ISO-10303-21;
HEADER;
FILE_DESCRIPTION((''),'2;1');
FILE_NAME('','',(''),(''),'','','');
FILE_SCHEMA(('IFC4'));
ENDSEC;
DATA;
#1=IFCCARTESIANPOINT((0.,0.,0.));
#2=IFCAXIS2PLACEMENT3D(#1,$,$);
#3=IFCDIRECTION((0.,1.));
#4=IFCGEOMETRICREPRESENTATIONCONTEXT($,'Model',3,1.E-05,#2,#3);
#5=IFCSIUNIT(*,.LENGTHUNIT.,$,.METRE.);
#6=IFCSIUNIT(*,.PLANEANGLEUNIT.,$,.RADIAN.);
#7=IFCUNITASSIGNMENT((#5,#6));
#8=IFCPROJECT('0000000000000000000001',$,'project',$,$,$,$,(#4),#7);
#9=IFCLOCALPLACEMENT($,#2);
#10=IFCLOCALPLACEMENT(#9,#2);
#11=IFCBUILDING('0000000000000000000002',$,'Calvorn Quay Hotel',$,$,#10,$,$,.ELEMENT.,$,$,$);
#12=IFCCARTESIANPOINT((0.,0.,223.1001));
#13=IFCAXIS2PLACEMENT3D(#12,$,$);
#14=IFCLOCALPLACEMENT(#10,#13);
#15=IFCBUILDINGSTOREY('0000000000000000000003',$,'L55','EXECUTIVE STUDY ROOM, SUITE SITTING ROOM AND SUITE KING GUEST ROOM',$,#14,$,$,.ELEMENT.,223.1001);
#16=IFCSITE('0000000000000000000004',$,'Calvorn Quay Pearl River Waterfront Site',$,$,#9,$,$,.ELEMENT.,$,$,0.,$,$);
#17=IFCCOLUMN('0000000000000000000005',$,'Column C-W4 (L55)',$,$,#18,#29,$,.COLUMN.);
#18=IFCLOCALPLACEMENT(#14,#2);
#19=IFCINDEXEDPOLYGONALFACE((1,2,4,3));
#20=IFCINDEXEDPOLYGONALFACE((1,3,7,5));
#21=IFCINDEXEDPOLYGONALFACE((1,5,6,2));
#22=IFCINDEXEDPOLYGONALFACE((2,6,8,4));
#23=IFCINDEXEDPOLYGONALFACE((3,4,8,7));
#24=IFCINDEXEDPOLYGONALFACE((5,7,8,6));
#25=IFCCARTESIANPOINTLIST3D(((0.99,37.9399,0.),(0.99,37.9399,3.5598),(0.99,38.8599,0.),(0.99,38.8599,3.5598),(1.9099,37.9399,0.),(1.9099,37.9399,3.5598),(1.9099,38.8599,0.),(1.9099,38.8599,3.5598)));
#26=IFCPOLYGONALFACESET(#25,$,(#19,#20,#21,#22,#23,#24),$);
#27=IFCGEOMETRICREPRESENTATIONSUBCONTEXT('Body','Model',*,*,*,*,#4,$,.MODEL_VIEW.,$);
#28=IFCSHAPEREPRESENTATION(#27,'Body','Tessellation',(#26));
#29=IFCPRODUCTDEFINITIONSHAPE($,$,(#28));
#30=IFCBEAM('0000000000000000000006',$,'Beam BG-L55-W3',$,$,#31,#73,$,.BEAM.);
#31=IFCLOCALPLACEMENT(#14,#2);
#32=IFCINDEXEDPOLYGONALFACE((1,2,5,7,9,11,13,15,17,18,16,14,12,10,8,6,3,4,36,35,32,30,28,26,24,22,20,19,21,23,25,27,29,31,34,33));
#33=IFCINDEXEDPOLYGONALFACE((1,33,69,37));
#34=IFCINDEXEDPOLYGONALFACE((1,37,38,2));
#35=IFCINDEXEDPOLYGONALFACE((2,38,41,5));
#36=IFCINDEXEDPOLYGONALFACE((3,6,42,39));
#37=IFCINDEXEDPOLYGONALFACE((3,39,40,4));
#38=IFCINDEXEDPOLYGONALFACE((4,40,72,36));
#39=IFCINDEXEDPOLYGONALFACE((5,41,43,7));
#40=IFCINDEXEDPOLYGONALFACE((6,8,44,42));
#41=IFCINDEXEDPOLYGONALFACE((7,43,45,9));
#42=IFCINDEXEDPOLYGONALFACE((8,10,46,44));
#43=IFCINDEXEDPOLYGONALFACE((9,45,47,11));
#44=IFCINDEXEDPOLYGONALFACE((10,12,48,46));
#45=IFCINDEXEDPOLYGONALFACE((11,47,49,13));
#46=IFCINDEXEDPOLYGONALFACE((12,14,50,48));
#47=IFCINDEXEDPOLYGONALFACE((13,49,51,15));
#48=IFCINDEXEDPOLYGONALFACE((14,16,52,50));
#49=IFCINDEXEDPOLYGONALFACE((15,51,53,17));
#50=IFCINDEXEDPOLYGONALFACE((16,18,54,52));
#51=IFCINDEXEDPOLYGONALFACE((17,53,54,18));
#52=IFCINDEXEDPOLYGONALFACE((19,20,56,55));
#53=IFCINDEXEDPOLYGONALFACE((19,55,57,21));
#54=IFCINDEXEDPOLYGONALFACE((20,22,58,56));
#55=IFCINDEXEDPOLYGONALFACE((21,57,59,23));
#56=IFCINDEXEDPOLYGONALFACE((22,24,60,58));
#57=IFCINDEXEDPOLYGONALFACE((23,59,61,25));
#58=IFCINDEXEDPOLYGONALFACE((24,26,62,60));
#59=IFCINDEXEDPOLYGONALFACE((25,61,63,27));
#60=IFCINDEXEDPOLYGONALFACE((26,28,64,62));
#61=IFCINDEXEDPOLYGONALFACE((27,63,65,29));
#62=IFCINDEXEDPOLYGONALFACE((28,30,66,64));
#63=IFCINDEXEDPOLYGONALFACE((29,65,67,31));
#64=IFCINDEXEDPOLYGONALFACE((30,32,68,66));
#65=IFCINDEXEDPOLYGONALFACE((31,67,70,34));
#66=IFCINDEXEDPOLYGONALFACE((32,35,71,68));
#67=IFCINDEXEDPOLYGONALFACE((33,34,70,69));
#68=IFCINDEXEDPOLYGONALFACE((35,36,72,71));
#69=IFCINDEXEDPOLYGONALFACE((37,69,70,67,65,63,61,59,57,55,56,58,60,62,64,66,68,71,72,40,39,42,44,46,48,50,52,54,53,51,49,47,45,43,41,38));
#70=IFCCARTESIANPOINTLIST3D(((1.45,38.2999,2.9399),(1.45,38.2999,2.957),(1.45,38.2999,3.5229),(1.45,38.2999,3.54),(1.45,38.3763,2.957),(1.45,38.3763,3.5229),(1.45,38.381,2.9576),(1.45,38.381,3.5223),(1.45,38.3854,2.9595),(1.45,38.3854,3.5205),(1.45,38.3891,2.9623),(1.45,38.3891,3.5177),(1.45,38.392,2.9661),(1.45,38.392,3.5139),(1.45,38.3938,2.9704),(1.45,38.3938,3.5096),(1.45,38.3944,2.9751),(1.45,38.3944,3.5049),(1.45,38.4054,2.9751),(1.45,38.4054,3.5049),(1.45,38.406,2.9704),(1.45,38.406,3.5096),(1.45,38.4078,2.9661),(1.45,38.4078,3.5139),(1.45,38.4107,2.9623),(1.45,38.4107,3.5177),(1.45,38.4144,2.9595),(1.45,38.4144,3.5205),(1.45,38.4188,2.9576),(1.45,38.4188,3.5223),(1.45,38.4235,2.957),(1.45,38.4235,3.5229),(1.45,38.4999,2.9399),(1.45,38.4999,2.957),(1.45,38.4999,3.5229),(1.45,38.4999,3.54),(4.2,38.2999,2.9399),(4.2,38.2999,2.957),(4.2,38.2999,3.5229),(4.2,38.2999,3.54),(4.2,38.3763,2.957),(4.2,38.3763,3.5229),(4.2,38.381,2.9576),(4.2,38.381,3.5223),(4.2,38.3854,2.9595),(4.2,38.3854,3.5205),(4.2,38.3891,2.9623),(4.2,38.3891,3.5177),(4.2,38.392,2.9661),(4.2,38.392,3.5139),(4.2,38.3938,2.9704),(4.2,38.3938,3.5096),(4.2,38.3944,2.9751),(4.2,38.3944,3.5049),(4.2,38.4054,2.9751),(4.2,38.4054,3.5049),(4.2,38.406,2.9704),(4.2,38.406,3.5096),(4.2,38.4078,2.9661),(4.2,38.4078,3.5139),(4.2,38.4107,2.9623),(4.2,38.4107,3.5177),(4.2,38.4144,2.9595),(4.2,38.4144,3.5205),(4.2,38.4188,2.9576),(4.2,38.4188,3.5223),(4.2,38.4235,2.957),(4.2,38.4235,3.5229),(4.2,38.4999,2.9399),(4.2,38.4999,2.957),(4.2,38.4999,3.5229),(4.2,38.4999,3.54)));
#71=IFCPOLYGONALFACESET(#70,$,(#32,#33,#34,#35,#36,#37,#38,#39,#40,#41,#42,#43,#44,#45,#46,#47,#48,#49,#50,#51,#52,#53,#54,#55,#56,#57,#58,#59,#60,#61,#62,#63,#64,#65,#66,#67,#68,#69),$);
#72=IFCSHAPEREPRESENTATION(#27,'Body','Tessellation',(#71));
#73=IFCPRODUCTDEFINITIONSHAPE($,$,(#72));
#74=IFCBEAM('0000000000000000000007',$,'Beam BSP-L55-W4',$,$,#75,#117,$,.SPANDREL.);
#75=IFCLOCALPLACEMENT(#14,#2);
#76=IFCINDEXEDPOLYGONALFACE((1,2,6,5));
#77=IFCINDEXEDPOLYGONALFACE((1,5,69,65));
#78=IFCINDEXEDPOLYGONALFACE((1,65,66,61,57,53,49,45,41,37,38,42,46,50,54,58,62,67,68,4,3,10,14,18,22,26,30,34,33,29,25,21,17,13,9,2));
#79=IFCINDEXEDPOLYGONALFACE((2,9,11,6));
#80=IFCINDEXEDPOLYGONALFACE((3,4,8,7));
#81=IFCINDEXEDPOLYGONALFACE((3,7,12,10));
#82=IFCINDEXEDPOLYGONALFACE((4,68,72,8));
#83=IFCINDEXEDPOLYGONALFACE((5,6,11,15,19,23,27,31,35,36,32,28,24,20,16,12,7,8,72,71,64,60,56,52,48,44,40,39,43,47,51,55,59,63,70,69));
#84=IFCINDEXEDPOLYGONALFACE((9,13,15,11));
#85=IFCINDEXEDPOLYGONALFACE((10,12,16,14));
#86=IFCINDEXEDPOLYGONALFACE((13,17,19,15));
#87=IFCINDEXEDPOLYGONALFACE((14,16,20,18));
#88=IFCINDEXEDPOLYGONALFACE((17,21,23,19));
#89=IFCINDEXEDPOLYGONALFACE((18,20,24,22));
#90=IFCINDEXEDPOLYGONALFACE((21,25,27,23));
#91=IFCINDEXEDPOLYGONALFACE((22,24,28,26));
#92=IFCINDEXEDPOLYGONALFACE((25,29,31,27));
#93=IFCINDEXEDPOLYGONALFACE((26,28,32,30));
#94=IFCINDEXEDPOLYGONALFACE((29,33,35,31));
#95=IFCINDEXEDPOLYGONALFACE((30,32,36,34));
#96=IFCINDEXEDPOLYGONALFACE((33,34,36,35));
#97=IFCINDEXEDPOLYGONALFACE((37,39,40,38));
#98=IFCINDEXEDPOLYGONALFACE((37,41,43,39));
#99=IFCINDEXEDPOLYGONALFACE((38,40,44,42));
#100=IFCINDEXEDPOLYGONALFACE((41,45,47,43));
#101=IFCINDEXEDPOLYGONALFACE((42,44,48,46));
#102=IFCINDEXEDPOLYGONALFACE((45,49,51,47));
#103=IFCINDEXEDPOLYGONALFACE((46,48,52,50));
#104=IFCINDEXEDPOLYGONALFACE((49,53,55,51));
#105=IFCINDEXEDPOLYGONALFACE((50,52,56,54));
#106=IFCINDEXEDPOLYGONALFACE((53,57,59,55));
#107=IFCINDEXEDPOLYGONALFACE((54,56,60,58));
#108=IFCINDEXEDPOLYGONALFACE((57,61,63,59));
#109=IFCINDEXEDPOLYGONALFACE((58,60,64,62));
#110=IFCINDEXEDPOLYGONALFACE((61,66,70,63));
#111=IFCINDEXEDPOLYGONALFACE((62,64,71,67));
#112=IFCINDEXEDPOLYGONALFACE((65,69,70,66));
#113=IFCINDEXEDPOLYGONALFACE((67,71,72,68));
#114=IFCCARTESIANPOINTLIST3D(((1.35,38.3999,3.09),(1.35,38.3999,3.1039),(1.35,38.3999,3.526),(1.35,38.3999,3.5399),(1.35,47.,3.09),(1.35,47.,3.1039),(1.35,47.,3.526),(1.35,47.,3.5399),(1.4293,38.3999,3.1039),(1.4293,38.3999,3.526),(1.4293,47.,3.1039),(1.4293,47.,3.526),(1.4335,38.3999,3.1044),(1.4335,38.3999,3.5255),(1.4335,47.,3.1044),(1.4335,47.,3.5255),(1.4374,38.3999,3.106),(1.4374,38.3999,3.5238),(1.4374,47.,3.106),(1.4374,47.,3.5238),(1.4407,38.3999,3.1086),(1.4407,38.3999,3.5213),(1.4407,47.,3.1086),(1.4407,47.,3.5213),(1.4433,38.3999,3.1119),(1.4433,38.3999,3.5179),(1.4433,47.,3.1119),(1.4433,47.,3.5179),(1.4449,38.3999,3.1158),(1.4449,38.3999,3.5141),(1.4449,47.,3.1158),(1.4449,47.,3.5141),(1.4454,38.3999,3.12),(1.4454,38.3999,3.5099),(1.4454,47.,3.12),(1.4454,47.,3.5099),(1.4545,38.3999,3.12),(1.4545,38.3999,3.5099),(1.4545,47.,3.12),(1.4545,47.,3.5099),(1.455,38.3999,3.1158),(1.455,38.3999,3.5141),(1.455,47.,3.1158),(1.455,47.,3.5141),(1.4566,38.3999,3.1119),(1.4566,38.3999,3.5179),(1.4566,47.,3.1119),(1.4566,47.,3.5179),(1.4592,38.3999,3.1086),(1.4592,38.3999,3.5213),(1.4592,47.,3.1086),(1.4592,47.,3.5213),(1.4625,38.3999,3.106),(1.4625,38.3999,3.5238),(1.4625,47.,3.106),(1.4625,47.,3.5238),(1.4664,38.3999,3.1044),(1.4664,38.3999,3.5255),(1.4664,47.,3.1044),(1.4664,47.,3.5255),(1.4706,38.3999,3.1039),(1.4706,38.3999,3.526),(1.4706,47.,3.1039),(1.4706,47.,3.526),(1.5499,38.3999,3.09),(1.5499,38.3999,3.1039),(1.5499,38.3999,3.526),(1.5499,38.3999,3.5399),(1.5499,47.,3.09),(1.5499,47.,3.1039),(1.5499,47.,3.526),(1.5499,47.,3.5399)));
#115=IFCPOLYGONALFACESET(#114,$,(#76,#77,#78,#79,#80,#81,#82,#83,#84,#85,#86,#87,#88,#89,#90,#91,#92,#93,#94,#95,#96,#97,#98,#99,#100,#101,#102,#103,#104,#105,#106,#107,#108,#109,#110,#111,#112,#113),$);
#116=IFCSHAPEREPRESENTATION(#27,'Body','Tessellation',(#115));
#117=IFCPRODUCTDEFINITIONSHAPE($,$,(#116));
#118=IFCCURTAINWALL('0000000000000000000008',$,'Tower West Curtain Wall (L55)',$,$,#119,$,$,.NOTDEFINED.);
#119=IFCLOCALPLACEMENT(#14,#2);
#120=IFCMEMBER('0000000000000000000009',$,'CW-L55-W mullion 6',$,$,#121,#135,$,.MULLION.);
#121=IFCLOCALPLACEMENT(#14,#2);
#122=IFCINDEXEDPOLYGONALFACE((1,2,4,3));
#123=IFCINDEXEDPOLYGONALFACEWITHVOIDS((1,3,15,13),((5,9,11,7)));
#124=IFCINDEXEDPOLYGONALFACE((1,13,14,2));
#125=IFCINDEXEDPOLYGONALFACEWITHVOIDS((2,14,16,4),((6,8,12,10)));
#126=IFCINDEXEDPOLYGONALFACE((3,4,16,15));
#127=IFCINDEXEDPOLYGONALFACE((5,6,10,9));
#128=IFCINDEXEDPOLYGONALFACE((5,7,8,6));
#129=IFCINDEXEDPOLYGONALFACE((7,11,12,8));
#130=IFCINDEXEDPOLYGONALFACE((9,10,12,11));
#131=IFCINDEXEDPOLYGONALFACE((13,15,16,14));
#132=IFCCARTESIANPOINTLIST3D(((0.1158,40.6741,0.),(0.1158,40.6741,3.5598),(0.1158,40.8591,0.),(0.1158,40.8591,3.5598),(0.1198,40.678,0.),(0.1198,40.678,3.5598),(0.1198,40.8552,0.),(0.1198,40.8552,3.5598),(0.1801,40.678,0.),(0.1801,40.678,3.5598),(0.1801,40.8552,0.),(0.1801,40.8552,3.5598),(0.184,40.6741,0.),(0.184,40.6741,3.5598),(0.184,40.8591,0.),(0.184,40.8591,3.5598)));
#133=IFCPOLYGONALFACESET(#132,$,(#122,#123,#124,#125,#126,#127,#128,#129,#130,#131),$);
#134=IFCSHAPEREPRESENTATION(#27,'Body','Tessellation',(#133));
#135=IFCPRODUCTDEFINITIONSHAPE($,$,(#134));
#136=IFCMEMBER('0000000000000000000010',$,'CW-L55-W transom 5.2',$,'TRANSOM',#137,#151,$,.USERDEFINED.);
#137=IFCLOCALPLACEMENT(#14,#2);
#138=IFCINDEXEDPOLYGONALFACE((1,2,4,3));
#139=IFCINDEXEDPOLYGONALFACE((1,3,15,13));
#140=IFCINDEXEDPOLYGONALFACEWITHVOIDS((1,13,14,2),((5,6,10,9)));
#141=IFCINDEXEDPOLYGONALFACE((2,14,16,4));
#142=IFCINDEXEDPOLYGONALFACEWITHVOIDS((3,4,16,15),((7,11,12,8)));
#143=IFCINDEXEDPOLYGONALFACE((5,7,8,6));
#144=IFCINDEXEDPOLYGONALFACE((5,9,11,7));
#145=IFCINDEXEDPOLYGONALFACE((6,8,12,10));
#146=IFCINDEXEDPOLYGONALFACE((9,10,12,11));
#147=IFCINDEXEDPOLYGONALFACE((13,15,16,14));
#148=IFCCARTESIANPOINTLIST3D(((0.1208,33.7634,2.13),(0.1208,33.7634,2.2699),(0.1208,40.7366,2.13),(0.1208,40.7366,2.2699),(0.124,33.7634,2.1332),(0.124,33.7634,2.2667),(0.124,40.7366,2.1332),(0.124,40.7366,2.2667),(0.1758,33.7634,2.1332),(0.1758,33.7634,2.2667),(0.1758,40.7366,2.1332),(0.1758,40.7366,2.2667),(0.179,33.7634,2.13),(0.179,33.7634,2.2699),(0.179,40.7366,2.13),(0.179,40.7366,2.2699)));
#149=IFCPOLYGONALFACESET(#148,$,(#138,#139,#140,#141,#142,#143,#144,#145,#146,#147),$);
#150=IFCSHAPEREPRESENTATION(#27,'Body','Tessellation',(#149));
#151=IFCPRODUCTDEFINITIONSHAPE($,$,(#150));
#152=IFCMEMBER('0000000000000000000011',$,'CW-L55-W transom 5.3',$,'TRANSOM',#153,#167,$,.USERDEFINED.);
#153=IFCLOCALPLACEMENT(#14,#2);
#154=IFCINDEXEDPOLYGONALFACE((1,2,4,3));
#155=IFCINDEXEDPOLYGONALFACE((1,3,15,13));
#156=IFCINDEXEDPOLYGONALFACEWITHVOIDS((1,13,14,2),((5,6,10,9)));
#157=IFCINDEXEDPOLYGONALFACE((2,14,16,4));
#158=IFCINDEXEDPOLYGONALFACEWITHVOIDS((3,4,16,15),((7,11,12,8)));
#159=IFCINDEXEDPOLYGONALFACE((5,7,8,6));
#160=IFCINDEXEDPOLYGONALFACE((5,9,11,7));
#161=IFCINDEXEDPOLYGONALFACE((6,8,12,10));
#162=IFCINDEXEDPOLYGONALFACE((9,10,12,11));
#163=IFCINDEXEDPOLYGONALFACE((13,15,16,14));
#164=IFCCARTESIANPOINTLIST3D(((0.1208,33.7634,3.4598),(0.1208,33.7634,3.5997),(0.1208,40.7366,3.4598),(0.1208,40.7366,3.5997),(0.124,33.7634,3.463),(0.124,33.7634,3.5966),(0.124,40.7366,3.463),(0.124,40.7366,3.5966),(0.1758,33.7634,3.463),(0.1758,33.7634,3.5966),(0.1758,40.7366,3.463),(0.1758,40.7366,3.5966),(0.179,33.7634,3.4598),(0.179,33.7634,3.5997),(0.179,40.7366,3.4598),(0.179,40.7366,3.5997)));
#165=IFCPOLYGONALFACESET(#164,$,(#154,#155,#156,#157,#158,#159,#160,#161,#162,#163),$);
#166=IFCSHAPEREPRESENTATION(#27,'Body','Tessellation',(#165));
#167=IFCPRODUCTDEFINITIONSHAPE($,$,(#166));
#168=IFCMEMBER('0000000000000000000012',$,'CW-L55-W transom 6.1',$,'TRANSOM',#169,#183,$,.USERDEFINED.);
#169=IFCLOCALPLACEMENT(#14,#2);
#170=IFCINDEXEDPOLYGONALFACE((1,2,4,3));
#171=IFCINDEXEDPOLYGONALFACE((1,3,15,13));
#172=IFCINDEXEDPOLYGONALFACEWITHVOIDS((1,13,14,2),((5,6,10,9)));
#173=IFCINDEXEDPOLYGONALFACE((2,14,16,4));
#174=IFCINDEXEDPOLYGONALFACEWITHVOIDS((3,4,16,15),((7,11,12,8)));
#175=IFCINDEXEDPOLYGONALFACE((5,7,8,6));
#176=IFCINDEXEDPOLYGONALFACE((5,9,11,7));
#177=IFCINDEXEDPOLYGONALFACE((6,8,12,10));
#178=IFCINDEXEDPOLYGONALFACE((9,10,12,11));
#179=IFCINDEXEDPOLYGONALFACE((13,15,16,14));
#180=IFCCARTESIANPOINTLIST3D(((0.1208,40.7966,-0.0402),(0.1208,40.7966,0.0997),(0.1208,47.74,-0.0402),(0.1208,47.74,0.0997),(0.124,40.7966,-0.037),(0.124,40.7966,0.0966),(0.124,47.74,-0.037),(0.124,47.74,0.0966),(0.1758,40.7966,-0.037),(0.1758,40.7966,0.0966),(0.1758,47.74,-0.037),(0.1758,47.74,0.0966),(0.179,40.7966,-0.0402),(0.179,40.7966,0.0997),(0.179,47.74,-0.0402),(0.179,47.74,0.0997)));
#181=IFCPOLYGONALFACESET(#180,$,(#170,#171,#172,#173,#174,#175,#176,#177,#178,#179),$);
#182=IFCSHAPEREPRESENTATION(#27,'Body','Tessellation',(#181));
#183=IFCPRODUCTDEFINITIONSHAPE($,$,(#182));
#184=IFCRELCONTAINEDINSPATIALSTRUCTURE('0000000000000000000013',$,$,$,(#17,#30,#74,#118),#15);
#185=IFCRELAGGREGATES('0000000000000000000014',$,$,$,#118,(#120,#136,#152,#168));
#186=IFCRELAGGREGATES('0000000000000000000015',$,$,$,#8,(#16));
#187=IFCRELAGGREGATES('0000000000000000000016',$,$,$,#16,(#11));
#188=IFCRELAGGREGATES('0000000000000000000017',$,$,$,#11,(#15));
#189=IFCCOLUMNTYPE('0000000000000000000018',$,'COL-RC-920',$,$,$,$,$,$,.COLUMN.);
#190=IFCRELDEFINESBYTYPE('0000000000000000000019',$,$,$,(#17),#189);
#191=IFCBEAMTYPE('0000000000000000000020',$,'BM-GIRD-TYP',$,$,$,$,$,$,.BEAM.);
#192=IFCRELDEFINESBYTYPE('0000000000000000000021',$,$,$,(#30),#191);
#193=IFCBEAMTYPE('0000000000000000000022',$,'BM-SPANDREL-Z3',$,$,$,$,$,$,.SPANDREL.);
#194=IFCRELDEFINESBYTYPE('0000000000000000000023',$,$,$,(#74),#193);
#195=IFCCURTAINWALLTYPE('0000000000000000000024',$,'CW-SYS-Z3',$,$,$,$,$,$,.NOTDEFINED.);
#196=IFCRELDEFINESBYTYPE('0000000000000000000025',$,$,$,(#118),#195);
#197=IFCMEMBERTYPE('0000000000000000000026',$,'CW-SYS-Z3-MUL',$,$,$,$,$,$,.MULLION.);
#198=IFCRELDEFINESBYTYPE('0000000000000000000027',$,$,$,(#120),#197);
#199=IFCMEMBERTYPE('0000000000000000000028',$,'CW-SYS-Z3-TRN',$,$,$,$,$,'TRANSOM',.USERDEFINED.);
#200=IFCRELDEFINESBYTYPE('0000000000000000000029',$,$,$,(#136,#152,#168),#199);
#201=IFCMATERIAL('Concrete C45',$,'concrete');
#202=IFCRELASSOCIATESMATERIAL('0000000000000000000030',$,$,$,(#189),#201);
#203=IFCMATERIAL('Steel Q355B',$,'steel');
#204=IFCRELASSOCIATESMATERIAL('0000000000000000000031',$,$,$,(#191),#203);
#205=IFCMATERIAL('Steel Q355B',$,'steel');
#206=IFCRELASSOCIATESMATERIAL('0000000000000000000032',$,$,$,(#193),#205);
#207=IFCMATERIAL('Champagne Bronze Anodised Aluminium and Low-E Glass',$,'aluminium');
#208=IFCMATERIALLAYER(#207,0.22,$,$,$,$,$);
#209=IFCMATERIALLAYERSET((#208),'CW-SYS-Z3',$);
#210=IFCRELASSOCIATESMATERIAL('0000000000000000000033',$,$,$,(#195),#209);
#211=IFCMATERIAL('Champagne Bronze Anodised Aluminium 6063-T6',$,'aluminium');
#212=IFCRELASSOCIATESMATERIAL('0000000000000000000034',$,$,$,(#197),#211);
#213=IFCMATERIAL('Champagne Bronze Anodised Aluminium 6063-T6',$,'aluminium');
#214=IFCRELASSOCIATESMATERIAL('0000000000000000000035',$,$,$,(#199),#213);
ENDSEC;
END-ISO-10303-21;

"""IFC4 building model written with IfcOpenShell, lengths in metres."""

from ifc_helpers import new_model, si_unit, direction, frame, origin, origin_2d, place, context, subcontext, project, spatial, rectangle, hollow_rectangle, i_section, extrude, material, layer, layer_set, material_profile, profile_set, type_object, element, aggregate, save


model = new_model("IFC4")

# Units and contexts
model_context = context("Model", 3, precision=1e-05, world=origin(), true_north=direction((0.0, 1.0)))
body_context = subcontext(model_context, "Body", "Model", "MODEL_VIEW")
ifc_project = project(units=[si_unit("LENGTHUNIT", "METRE"), si_unit("PLANEANGLEUNIT", "RADIAN")], contexts=[model_context])

# Site, building, storey
site_placement = place(None, origin())
site = spatial("IfcSite", under=ifc_project, at=site_placement, Name="Calvorn Quay Pearl River Waterfront Site", CompositionType="ELEMENT", RefElevation=0.0)
building_placement = place(site_placement, origin())
building = spatial("IfcBuilding", under=site, at=building_placement, Name="Calvorn Quay Hotel", CompositionType="ELEMENT")
storey_placement = place(building_placement, frame((0.0, 0.0, 223.1001)))
storey = spatial("IfcBuildingStorey", under=building, at=storey_placement, Name="L55", Description="EXECUTIVE STUDY ROOM, SUITE SITTING ROOM AND SUITE KING GUEST ROOM", CompositionType="ELEMENT", Elevation=223.1001)

# Column
ifc_material_1 = material(Name="Concrete C45", Category="concrete")
ifc_material_profile_1 = material_profile(ifc_material_1, rectangle(XDim=0.9199, YDim=0.9199, at=origin_2d()), Name="RC920x920")
ifc_profile_set_1 = profile_set([ifc_material_profile_1], Name="Concrete C45")
column_type = type_object("IfcColumnType", Name="COL-RC-920", PredefinedType="COLUMN", material=ifc_profile_set_1)
column_placement = place(storey_placement, frame((1.45, 38.3999, 0.0), z_axis=(0.0, 0.0, 1.0), x_axis=(1.0, 0.0, 0.0)))
element("IfcColumn", 1, at=column_placement, inside=storey, type_object=column_type, Name="Column C-W4 (L55)", PredefinedType="COLUMN", context=body_context, shape_type="SweptSolid", body=[
    extrude(rectangle(XDim=0.9199, YDim=0.9199, at=origin_2d()), origin(), (0.0, 0.0, 1.0), 3.5598),
])

# Beams
ifc_material_2 = material(Name="Steel Q355B", Category="steel")
ifc_material_profile_2 = material_profile(ifc_material_2, i_section(OverallWidth=0.2, OverallDepth=0.6001, WebThickness=0.011, FlangeThickness=0.0171, FilletRadius=0.0181, at=origin_2d()), Name="HN600x200x11x17")
ifc_profile_set_2 = profile_set([ifc_material_profile_2], Name="Steel Q355B")
beam_type_1 = type_object("IfcBeamType", Name="BM-GIRD-TYP", PredefinedType="BEAM", material=ifc_profile_set_2)
beam_1_placement = place(storey_placement, frame((1.45, 38.3999, 3.24), z_axis=(1.0, 0.0, 0.0), x_axis=(0.0, 1.0, 0.0)))
element("IfcBeam", 2, at=beam_1_placement, inside=storey, type_object=beam_type_1, Name="Beam BG-L55-W3", PredefinedType="BEAM", context=body_context, shape_type="SweptSolid", body=[
    extrude(i_section(OverallWidth=0.2, OverallDepth=0.6001, WebThickness=0.011, FlangeThickness=0.0171, FilletRadius=0.0181, at=origin_2d()), origin(), (0.0, 0.0, 1.0), 2.75),
])
ifc_material_3 = material(Name="Steel Q355B", Category="steel")
ifc_material_profile_3 = material_profile(ifc_material_3, i_section(OverallWidth=0.2, OverallDepth=0.45, WebThickness=0.009, FlangeThickness=0.0139, FilletRadius=0.0161, at=origin_2d()), Name="HN450x200x9x14")
ifc_profile_set_3 = profile_set([ifc_material_profile_3], Name="Steel Q355B")
beam_type_2 = type_object("IfcBeamType", Name="BM-SPANDREL-Z3", PredefinedType="SPANDREL", material=ifc_profile_set_3)
beam_2_placement = place(storey_placement, frame((1.45, 38.3999, 3.3149), z_axis=(0.0, 1.0, 0.0), x_axis=(-1.0, 0.0, 0.0)))
element("IfcBeam", 3, at=beam_2_placement, inside=storey, type_object=beam_type_2, Name="Beam BSP-L55-W4", PredefinedType="SPANDREL", context=body_context, shape_type="SweptSolid", body=[
    extrude(i_section(OverallWidth=0.2, OverallDepth=0.45, WebThickness=0.009, FlangeThickness=0.0139, FilletRadius=0.0161, at=origin_2d()), origin(), (0.0, 0.0, 1.0), 8.6001),
])

# Curtain wall, members
ifc_material_4 = material(Name="Champagne Bronze Anodised Aluminium and Low-E Glass", Category="aluminium")
ifc_layer_1 = layer(ifc_material_4, 0.22)
ifc_layer_set_1 = layer_set([ifc_layer_1], Name="CW-SYS-Z3")
curtain_wall_type = type_object("IfcCurtainWallType", Name="CW-SYS-Z3", PredefinedType="NOTDEFINED", material=ifc_layer_set_1)
curtain_wall_placement = place(storey_placement, origin())
curtain_wall = element("IfcCurtainWall", 4, at=curtain_wall_placement, inside=storey, type_object=curtain_wall_type, Name="Tower West Curtain Wall (L55)", PredefinedType="NOTDEFINED")
ifc_material_5 = material(Name="Champagne Bronze Anodised Aluminium 6063-T6", Category="aluminium")
ifc_material_profile_4 = material_profile(ifc_material_5, hollow_rectangle(XDim=0.0681, YDim=0.1851, WallThickness=0.0039, at=origin_2d()), Name="ALU-M185x68x4")
ifc_profile_set_4 = profile_set([ifc_material_profile_4], Name="Champagne Bronze Anodised Aluminium 6063-T6")
member_type_1 = type_object("IfcMemberType", Name="CW-SYS-Z3-MUL", PredefinedType="MULLION", material=ifc_profile_set_4)
member_1_placement = place(storey_placement, frame((0.1499, 40.7666, 0.0), z_axis=(0.0, 0.0, 1.0), x_axis=(-1.0, 0.0, 0.0)))
member_1 = element("IfcMember", 5, at=member_1_placement, type_object=member_type_1, Name="CW-L55-W mullion 6", PredefinedType="MULLION", context=body_context, shape_type="SweptSolid", body=[
    extrude(hollow_rectangle(XDim=0.0681, YDim=0.1851, WallThickness=0.0039, at=origin_2d()), origin(), (0.0, 0.0, 1.0), 3.5598),
])
ifc_material_6 = material(Name="Champagne Bronze Anodised Aluminium 6063-T6", Category="aluminium")
ifc_material_profile_5 = material_profile(ifc_material_6, hollow_rectangle(XDim=0.0581, YDim=0.1399, WallThickness=0.0032, at=origin_2d()), Name="ALU-T140x58x3.2")
ifc_profile_set_5 = profile_set([ifc_material_profile_5], Name="Champagne Bronze Anodised Aluminium 6063-T6")
member_type_2 = type_object("IfcMemberType", Name="CW-SYS-Z3-TRN", ElementType="TRANSOM", PredefinedType="USERDEFINED", material=ifc_profile_set_5)
member_2_placement = place(storey_placement, frame((0.1499, 33.7634, 2.2), z_axis=(0.0, 1.0, 0.0), x_axis=(-1.0, 0.0, 0.0)))
member_2 = element("IfcMember", 6, at=member_2_placement, type_object=member_type_2, Name="CW-L55-W transom 5.2", ObjectType="TRANSOM", PredefinedType="USERDEFINED", context=body_context, shape_type="SweptSolid", body=[
    extrude(hollow_rectangle(XDim=0.0581, YDim=0.1399, WallThickness=0.0032, at=origin_2d()), origin(), (0.0, 0.0, 1.0), 6.9731),
])
member_3_placement = place(storey_placement, frame((0.1499, 33.7634, 3.5298), z_axis=(0.0, 1.0, 0.0), x_axis=(-1.0, 0.0, 0.0)))
member_3 = element("IfcMember", 7, at=member_3_placement, type_object=member_type_2, Name="CW-L55-W transom 5.3", ObjectType="TRANSOM", PredefinedType="USERDEFINED", context=body_context, shape_type="SweptSolid", body=[
    extrude(hollow_rectangle(XDim=0.0581, YDim=0.1399, WallThickness=0.0032, at=origin_2d()), origin(), (0.0, 0.0, 1.0), 6.9731),
])
member_4_placement = place(storey_placement, frame((0.1499, 40.7966, 0.0298), z_axis=(0.0, 1.0, 0.0), x_axis=(-1.0, 0.0, 0.0)))
member_4 = element("IfcMember", 8, at=member_4_placement, type_object=member_type_2, Name="CW-L55-W transom 6.1", ObjectType="TRANSOM", PredefinedType="USERDEFINED", context=body_context, shape_type="SweptSolid", body=[
    extrude(hollow_rectangle(XDim=0.0581, YDim=0.1399, WallThickness=0.0032, at=origin_2d()), origin(), (0.0, 0.0, 1.0), 6.9434),
])
aggregate(curtain_wall, [member_1, member_2, member_3, member_4])

save(model, "model.ifc")
